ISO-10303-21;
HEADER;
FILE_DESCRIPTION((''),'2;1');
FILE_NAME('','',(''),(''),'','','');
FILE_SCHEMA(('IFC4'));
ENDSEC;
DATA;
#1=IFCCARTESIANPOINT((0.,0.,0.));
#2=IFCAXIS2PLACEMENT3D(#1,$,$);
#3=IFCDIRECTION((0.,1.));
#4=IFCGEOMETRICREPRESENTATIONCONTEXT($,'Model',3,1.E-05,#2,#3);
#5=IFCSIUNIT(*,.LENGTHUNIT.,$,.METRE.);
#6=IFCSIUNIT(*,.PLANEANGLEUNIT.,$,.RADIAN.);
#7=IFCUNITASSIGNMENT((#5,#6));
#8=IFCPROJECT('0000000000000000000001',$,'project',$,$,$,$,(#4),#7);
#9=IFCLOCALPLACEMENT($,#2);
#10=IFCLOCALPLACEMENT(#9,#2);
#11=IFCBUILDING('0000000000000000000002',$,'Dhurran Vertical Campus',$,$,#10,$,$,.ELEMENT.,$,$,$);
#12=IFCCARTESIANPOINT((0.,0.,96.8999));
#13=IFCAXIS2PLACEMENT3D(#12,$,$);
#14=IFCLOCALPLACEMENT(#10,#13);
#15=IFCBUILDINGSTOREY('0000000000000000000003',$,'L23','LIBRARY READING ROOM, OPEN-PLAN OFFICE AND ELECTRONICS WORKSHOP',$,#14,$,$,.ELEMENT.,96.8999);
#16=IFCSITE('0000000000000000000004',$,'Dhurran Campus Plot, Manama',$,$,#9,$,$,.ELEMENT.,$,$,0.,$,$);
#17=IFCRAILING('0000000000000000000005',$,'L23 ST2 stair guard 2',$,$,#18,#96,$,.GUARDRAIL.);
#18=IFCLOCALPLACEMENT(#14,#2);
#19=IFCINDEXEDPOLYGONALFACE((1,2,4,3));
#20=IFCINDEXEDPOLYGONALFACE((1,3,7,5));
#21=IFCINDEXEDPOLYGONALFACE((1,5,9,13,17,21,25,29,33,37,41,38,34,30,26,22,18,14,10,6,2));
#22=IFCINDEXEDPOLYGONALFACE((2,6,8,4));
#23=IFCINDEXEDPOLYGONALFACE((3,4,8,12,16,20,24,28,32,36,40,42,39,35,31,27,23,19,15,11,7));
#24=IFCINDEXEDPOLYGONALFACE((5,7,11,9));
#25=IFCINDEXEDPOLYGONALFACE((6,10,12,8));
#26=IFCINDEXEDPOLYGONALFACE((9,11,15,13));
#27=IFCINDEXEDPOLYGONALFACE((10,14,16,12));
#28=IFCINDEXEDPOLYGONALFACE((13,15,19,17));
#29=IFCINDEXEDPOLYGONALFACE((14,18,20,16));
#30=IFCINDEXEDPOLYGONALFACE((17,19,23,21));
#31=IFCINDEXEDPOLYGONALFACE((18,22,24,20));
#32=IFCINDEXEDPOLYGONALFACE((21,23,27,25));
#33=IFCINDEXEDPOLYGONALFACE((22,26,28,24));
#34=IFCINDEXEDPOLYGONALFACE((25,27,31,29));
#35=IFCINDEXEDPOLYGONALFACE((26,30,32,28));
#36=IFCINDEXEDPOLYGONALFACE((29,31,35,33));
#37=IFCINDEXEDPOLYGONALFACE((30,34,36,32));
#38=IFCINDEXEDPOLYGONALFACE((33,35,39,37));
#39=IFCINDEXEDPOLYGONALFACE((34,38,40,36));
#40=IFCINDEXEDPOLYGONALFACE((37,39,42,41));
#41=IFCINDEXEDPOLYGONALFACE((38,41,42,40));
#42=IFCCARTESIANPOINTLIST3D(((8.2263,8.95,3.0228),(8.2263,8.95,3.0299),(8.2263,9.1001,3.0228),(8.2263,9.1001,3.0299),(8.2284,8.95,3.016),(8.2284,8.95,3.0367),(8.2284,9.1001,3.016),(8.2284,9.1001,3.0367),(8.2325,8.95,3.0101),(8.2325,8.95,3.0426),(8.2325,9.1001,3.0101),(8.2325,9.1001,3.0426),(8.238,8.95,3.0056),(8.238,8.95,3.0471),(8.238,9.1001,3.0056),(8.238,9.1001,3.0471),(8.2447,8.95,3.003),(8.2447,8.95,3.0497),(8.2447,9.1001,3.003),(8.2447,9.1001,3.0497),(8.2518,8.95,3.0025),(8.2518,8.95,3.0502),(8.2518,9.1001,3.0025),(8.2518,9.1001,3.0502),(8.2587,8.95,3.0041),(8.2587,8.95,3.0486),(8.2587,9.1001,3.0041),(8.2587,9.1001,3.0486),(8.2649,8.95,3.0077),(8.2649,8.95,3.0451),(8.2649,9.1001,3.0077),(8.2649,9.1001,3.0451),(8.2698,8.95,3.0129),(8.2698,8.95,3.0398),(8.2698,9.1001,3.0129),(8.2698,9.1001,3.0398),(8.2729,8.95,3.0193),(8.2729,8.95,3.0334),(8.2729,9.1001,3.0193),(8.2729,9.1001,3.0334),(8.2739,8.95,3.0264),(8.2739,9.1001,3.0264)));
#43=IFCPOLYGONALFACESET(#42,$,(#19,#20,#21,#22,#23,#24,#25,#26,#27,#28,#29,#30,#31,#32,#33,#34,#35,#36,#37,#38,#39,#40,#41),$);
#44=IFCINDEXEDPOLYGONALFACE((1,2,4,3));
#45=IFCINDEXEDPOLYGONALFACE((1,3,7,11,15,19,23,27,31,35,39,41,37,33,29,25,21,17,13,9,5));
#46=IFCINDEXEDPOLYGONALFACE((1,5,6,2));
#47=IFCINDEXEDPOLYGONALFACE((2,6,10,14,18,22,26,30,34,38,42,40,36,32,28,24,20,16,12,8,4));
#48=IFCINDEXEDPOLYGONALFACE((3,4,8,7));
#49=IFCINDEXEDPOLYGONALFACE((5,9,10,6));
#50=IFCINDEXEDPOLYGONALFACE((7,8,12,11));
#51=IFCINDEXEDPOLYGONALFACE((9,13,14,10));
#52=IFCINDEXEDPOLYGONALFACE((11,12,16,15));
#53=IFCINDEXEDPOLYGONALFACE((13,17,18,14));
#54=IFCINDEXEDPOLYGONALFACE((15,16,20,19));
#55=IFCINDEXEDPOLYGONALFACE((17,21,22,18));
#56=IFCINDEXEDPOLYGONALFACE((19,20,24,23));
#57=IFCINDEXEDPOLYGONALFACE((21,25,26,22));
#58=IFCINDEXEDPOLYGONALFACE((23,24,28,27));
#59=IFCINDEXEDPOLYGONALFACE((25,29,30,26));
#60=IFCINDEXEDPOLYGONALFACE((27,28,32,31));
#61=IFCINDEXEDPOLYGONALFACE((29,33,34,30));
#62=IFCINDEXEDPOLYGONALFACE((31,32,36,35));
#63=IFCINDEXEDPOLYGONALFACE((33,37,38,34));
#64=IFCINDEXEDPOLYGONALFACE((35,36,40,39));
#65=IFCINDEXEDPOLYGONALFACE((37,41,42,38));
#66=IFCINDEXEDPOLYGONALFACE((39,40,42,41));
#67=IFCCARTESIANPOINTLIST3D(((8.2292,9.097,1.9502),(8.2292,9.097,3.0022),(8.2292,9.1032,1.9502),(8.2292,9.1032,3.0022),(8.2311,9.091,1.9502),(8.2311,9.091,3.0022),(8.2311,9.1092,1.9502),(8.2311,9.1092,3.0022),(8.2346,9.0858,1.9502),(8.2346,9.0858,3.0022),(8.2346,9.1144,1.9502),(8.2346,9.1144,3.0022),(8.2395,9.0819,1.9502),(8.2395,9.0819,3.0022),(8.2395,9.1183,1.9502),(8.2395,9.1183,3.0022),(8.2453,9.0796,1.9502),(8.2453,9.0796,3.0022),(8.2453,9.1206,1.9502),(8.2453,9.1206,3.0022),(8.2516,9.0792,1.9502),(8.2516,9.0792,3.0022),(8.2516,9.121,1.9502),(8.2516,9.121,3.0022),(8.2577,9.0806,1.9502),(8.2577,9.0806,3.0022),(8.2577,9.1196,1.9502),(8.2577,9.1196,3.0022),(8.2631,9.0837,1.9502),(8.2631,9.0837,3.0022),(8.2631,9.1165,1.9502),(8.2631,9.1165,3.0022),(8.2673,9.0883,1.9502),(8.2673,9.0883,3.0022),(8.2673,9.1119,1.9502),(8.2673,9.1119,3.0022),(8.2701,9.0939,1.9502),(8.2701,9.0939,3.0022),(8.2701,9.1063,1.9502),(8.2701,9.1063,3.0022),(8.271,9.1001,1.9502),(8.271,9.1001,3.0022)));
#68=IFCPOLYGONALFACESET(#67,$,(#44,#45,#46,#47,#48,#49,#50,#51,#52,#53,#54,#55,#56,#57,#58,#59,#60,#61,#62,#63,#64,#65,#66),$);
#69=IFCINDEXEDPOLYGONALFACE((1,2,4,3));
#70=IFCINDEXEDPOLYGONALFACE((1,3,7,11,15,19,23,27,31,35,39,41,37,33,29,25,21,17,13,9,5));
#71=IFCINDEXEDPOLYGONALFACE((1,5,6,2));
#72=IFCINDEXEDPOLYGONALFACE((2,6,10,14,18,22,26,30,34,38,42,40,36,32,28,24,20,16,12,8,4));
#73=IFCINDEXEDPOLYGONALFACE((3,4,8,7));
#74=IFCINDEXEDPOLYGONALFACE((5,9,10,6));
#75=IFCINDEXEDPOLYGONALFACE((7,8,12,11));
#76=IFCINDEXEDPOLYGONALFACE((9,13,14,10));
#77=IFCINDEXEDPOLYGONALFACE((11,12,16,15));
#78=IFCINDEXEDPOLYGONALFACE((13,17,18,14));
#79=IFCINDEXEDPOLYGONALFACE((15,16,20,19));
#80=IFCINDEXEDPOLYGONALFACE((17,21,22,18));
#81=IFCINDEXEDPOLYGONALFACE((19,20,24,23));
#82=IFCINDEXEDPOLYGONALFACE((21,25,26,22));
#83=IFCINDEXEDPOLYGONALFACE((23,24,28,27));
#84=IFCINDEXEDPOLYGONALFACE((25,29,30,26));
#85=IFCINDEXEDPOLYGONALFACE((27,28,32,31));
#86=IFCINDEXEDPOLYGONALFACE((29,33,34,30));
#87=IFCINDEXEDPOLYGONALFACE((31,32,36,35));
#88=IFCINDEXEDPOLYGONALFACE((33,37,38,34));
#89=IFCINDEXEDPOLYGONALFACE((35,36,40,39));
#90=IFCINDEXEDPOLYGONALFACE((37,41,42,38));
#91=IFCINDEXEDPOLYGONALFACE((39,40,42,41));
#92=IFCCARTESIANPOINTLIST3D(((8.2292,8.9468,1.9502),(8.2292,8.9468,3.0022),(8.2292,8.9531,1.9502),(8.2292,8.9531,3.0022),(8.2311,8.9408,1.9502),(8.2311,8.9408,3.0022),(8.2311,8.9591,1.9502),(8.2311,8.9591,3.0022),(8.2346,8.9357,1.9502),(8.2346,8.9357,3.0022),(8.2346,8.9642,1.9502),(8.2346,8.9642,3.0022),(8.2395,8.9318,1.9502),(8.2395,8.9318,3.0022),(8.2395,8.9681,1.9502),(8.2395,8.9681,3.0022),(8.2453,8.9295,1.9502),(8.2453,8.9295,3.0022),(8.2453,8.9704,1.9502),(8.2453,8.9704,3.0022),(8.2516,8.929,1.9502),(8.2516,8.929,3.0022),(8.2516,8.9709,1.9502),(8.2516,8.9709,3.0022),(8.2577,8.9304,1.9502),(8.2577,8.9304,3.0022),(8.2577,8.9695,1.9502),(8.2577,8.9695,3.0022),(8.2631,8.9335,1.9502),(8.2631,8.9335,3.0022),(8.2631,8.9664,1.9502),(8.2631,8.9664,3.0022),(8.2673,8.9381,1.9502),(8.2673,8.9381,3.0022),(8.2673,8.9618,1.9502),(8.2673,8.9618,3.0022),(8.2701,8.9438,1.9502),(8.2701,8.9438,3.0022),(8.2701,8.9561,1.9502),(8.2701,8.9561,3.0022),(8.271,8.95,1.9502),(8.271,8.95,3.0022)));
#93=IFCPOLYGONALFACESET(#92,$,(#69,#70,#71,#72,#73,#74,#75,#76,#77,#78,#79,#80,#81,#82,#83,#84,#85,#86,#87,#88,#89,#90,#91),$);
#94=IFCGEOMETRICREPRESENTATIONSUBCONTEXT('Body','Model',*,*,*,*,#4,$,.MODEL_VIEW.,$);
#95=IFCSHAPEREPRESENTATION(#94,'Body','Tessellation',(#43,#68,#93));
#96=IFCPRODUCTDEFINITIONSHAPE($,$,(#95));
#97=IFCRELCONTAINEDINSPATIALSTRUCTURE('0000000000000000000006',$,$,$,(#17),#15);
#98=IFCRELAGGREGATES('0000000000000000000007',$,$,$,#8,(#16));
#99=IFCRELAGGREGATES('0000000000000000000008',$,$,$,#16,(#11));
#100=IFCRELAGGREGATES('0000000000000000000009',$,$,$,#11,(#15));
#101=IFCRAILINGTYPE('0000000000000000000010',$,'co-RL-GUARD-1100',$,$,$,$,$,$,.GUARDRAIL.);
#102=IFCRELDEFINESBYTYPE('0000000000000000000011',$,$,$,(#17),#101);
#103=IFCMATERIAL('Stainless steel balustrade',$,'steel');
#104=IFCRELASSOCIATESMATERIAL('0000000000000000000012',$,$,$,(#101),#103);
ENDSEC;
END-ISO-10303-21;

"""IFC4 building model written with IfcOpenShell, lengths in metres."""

from ifc_helpers import new_model, si_unit, direction, frame, origin, origin_2d, place, context, subcontext, project, spatial, circle, extrude, material, type_object, element, save


model = new_model("IFC4")

# Units and contexts
model_context = context("Model", 3, precision=1e-05, world=origin(), true_north=direction((0.0, 1.0)))
body_context = subcontext(model_context, "Body", "Model", "MODEL_VIEW")
ifc_project = project(units=[si_unit("LENGTHUNIT", "METRE"), si_unit("PLANEANGLEUNIT", "RADIAN")], contexts=[model_context])

# Site, building, storey
site_placement = place(None, origin())
site = spatial("IfcSite", under=ifc_project, at=site_placement, Name="Dhurran Campus Plot, Manama", CompositionType="ELEMENT", RefElevation=0.0)
building_placement = place(site_placement, origin())
building = spatial("IfcBuilding", under=site, at=building_placement, Name="Dhurran Vertical Campus", CompositionType="ELEMENT")
storey_placement = place(building_placement, frame((0.0, 0.0, 96.8999)))
storey = spatial("IfcBuildingStorey", under=building, at=storey_placement, Name="L23", Description="LIBRARY READING ROOM, OPEN-PLAN OFFICE AND ELECTRONICS WORKSHOP", CompositionType="ELEMENT", Elevation=96.8999)

# Railing
ifc_material_1 = material(Name="Stainless steel balustrade", Category="steel")
railing_type = type_object("IfcRailingType", Name="co-RL-GUARD-1100", PredefinedType="GUARDRAIL", material=ifc_material_1)
railing_1_placement = place(storey_placement, frame((8.25, 9.1001, 1.9502)))
element("IfcRailing", 1, at=railing_1_placement, inside=storey, type_object=railing_type, Name="L23 ST2 stair guard 2", PredefinedType="GUARDRAIL", context=body_context, shape_type="SweptSolid", body=[
    extrude(circle(Radius=0.0239, at=origin_2d()), frame((0.0, 0.0, 1.0762), z_axis=(0.0, -1.0, 0.0), x_axis=(1.0, 0.0, 0.0)), (0.0, 0.0, 1.0), 0.1501),
    extrude(circle(Radius=0.021, at=origin_2d()), origin(), (0.0, 0.0, 1.0), 1.052),
    extrude(circle(Radius=0.021, at=origin_2d()), frame((0.0, -0.1501, 0.0)), (0.0, 0.0, 1.0), 1.052),
])

save(model, "model.ifc")
